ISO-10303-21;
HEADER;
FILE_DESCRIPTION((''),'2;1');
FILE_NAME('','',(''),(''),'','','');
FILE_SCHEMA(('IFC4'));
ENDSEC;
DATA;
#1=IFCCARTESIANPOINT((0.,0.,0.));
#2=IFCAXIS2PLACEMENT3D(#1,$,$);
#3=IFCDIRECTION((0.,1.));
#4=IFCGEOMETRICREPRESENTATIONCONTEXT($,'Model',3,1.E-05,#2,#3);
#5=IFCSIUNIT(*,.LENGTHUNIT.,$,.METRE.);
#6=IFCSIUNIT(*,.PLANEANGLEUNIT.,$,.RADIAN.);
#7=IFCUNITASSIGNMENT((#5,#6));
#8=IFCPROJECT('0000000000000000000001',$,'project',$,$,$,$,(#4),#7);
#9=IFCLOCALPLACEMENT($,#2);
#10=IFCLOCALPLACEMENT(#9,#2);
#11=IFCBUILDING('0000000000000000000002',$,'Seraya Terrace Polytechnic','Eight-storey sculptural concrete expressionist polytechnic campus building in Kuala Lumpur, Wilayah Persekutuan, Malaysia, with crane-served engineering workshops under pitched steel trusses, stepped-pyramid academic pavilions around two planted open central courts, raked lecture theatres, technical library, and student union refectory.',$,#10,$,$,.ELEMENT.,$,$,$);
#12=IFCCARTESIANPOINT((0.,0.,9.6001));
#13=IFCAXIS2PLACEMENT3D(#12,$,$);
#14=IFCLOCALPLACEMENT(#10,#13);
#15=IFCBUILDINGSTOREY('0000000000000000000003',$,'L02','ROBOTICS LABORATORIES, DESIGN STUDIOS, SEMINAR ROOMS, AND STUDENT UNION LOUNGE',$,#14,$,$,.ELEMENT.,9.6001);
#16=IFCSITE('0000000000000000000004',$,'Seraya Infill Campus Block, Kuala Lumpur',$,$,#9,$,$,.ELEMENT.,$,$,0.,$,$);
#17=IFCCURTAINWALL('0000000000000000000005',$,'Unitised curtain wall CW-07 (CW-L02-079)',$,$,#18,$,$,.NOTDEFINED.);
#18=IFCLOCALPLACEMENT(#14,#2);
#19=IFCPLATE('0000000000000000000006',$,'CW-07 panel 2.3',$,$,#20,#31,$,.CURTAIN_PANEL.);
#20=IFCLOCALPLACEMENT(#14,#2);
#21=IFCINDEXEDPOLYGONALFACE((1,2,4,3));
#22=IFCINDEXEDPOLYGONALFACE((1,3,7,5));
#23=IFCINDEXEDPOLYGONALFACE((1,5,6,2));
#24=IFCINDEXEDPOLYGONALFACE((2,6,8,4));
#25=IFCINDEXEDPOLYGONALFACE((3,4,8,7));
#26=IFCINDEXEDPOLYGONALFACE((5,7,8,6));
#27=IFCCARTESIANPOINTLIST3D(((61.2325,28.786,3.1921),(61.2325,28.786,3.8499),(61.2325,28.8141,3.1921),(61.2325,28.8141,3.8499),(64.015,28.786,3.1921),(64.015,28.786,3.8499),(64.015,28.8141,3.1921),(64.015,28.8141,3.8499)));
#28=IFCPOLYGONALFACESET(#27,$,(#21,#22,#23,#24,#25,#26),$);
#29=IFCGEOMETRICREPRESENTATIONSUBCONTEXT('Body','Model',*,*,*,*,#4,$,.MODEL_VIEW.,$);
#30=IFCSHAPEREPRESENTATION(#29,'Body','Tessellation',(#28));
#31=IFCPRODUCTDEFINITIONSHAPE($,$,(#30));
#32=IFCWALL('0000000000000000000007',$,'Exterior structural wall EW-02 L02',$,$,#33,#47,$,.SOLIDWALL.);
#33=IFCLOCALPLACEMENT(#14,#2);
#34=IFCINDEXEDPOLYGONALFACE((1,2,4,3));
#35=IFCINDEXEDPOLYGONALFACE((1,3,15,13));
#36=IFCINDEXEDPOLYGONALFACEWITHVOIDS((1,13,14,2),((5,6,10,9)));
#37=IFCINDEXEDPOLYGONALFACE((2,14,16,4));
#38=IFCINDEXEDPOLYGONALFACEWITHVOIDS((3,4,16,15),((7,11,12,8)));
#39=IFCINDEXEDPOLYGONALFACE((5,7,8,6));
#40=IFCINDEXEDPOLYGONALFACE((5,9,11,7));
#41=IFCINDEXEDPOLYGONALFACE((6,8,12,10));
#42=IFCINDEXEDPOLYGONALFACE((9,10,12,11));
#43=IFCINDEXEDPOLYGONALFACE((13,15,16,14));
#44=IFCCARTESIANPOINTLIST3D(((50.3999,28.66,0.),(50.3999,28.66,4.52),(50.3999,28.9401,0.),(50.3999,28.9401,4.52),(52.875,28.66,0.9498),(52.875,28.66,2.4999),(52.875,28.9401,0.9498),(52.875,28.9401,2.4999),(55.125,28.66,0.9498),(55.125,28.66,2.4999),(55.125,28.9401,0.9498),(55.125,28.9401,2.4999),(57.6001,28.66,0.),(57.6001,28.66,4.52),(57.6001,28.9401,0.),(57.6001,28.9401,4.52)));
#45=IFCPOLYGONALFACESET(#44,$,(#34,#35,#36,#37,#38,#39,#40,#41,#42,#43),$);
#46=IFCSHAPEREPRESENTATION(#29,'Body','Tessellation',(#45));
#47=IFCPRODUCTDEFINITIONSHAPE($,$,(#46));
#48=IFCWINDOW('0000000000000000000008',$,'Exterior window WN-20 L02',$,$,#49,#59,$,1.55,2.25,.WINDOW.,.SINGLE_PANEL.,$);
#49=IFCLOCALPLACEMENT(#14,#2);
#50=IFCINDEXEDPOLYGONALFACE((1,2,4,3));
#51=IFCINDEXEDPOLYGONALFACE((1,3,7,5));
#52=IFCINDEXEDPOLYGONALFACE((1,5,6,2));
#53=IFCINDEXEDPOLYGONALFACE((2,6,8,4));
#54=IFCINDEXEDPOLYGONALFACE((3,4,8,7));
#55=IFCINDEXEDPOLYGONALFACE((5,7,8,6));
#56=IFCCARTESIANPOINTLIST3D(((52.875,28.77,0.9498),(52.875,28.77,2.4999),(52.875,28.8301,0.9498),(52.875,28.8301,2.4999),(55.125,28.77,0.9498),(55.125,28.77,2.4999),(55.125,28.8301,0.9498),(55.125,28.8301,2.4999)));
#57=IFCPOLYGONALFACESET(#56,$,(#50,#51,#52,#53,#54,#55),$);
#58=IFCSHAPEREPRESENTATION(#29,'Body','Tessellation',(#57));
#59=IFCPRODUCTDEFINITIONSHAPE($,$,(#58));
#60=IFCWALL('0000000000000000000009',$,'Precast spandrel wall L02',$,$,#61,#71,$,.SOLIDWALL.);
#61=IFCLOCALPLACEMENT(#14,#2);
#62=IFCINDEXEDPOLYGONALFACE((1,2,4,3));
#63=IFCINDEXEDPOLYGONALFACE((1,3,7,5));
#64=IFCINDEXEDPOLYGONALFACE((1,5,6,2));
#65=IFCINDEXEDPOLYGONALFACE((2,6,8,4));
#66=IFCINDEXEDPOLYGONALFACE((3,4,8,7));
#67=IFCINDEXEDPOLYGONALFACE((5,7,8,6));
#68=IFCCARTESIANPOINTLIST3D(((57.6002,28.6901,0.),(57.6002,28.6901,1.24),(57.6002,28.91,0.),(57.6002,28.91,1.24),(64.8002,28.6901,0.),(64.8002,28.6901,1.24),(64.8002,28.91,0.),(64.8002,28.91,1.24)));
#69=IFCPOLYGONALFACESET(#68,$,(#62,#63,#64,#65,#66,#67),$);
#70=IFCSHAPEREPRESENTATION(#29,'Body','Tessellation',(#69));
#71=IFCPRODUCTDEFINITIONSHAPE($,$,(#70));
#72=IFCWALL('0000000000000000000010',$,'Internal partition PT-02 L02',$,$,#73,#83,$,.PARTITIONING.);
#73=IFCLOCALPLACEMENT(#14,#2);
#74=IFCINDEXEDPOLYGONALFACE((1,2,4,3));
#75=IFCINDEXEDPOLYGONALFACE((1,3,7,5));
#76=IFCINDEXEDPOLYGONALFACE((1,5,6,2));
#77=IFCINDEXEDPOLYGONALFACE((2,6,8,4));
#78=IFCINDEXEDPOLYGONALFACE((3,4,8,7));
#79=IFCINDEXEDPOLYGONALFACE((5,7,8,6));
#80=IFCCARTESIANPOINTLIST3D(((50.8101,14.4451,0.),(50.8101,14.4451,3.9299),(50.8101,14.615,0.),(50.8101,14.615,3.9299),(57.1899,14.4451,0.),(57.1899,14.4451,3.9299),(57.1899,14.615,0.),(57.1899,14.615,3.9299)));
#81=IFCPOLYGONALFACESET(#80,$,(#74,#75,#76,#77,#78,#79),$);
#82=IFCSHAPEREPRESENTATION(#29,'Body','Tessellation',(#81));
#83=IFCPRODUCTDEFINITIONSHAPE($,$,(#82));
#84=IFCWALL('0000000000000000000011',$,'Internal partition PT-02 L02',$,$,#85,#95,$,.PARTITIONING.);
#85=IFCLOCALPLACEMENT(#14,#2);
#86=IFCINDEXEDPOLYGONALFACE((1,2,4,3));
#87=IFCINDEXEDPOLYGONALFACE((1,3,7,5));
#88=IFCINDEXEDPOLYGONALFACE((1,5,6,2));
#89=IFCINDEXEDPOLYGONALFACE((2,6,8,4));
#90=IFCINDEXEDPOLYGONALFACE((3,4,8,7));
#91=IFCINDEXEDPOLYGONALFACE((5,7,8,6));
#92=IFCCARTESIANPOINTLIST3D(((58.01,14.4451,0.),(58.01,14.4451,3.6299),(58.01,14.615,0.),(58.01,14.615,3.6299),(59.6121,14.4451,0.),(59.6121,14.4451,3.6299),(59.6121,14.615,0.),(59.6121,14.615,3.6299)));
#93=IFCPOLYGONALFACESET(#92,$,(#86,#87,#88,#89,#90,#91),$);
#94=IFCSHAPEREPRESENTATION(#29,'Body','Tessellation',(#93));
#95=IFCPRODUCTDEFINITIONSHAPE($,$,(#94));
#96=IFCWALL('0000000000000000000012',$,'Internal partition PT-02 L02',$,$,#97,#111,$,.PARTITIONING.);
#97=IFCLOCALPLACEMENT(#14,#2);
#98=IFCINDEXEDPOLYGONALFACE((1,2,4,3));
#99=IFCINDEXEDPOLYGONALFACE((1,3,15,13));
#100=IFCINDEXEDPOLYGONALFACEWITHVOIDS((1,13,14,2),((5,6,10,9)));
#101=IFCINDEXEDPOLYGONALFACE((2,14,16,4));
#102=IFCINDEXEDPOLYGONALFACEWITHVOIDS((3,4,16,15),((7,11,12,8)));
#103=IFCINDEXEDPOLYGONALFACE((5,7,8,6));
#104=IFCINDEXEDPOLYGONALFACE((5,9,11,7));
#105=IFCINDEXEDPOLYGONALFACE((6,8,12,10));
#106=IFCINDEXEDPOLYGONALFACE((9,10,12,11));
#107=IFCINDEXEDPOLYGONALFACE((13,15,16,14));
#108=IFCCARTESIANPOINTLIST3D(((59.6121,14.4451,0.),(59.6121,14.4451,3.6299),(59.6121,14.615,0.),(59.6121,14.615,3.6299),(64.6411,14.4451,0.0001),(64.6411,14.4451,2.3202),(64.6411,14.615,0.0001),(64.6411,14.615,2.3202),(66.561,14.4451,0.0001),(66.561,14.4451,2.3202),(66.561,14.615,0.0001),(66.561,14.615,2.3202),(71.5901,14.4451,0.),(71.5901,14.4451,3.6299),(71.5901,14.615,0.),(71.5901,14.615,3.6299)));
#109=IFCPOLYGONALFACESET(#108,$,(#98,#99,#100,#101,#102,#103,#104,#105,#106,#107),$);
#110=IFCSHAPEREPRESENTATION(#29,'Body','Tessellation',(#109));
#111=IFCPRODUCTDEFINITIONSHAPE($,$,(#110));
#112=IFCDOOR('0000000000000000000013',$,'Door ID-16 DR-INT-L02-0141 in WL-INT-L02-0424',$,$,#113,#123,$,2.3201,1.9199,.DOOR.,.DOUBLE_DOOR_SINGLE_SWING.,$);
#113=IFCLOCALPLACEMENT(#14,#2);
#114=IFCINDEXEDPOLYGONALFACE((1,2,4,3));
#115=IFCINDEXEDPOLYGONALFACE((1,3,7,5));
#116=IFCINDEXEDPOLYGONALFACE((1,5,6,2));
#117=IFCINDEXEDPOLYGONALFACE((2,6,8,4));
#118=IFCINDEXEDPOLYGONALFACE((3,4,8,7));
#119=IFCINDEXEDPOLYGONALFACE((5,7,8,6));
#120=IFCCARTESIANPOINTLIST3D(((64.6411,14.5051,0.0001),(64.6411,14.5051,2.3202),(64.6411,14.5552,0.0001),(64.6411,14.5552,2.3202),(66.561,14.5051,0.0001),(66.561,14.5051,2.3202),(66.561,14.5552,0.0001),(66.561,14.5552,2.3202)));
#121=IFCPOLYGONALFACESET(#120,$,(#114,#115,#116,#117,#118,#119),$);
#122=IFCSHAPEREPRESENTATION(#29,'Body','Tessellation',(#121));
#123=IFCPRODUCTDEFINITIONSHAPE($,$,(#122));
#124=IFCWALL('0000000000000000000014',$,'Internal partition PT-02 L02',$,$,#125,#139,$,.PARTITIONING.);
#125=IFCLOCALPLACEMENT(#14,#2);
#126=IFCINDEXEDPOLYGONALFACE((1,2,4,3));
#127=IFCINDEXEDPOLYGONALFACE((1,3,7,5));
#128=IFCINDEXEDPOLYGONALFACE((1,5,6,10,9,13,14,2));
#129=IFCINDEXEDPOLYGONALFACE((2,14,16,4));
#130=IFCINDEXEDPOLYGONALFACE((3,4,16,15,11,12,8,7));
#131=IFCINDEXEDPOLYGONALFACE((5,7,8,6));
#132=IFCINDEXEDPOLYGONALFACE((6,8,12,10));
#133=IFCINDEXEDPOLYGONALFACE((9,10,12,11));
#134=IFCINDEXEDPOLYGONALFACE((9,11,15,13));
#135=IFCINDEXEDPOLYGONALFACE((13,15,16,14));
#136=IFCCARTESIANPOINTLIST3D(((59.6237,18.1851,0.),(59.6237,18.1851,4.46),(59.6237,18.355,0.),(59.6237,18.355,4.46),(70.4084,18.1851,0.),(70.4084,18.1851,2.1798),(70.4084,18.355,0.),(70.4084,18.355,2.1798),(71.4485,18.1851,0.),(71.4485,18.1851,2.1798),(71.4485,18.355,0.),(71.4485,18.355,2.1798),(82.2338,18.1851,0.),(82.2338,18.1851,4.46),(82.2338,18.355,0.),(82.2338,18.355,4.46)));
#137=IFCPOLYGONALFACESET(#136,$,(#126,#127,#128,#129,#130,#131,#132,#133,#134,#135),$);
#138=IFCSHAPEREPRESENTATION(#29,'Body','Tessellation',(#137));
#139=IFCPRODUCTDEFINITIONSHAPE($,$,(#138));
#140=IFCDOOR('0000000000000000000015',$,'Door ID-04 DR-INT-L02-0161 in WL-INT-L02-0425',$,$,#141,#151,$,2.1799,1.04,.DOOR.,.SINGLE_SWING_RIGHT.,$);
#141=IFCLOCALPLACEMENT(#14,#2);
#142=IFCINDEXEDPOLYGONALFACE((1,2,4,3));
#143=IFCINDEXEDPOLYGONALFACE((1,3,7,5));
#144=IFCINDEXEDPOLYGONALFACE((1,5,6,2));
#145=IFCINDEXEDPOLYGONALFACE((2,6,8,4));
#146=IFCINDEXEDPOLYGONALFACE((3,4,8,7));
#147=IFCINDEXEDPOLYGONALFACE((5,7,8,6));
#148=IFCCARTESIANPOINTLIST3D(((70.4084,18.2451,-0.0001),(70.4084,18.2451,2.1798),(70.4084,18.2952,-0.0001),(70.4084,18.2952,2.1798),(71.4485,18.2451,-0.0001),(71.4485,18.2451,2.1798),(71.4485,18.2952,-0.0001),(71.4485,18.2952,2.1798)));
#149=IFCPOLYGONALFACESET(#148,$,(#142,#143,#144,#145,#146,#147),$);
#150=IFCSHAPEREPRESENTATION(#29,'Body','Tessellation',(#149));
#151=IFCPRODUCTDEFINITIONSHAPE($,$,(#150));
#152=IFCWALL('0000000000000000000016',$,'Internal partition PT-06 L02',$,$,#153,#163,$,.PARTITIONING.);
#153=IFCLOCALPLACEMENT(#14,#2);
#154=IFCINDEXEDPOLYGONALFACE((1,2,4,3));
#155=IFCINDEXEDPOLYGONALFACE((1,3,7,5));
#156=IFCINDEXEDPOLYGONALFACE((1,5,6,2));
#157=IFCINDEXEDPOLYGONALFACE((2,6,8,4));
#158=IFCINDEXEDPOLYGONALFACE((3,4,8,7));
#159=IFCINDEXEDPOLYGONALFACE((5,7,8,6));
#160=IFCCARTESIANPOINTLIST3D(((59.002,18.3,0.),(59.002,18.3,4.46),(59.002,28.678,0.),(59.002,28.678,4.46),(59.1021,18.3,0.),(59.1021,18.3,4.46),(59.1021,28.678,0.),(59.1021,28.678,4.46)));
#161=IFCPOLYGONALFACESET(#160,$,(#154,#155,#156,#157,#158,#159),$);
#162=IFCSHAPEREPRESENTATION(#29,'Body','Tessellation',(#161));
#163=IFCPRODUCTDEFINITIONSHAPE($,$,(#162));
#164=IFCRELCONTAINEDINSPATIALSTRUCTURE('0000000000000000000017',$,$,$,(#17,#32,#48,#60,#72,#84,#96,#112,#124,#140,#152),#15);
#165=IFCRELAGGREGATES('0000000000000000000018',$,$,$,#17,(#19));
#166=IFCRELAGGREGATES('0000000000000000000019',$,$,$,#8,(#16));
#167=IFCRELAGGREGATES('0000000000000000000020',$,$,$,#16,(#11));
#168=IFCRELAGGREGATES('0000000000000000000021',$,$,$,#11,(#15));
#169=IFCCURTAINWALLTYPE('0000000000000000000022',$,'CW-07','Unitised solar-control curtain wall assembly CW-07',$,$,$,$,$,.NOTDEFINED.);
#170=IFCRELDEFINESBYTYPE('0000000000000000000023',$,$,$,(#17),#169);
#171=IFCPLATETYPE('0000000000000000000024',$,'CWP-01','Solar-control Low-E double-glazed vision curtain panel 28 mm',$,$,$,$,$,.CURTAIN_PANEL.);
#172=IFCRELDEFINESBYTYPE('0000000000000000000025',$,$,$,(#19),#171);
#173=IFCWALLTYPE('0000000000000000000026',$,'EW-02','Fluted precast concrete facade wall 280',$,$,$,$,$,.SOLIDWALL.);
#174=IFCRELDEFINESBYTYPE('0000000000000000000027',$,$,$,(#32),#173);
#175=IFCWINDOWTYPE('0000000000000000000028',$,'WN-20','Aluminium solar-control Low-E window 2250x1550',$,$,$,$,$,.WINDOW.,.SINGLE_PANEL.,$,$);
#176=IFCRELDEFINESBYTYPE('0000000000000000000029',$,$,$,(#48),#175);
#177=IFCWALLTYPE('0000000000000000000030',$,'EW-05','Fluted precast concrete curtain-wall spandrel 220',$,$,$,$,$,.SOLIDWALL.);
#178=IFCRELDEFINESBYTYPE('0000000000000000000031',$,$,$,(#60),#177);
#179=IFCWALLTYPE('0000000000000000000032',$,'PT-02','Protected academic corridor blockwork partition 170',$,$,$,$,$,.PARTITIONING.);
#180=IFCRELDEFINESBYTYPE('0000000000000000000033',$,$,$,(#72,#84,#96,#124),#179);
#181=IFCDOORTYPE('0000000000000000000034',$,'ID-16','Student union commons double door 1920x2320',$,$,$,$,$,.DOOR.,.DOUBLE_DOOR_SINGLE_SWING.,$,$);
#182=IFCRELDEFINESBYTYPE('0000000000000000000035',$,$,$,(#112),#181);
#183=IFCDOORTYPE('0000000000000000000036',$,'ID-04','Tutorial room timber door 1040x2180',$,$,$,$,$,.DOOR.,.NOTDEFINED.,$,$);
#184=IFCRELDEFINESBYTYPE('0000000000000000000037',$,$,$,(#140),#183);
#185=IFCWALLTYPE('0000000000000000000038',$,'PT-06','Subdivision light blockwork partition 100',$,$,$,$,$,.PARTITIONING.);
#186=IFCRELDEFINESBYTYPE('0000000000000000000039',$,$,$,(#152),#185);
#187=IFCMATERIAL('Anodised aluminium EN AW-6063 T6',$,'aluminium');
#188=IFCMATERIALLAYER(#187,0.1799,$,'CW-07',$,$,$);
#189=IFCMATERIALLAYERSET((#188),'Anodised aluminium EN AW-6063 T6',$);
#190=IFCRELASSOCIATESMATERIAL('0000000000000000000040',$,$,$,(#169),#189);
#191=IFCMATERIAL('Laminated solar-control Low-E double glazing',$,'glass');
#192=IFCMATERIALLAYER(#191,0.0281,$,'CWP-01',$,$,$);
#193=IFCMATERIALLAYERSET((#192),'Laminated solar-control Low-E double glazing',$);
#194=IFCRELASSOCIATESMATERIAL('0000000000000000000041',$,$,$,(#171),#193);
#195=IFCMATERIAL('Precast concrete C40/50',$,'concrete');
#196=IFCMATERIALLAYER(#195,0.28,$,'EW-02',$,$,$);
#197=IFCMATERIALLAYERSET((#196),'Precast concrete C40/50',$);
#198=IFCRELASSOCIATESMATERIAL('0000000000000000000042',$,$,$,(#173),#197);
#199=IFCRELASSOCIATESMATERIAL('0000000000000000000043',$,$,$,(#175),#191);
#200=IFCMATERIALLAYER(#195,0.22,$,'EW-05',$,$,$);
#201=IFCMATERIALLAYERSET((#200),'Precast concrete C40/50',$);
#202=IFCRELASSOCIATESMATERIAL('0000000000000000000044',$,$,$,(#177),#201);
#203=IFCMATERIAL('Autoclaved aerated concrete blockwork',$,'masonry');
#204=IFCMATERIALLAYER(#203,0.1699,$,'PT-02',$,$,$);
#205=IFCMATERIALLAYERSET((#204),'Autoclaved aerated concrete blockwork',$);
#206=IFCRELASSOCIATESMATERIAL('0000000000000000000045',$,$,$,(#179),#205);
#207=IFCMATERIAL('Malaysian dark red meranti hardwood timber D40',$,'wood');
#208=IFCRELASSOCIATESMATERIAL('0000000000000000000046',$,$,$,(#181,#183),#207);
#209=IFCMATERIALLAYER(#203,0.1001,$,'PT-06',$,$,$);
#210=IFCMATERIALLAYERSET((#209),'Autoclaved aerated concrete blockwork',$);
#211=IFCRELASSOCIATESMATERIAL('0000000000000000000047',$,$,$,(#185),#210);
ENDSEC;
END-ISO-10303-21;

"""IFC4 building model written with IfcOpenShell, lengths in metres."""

from ifc_helpers import new_model, si_unit, direction, frame, frame_2d, origin, origin_2d, place, context, subcontext, project, spatial, rectangle, extrude, material, layer, layer_set, type_object, element, fill, aggregate, save


model = new_model("IFC4")

# Units and contexts
model_context = context("Model", 3, precision=1e-05, world=origin(), true_north=direction((0.0, 1.0)))
body_context = subcontext(model_context, "Body", "Model", "MODEL_VIEW")
ifc_project = project(units=[si_unit("LENGTHUNIT", "METRE"), si_unit("PLANEANGLEUNIT", "RADIAN")], contexts=[model_context])

# Site, building, storey
site_placement = place(None, origin())
site = spatial("IfcSite", under=ifc_project, at=site_placement, Name="Seraya Infill Campus Block, Kuala Lumpur", CompositionType="ELEMENT", RefElevation=0.0)
building_placement = place(site_placement, origin())
building = spatial("IfcBuilding", under=site, at=building_placement, Name="Seraya Terrace Polytechnic", Description="Eight-storey sculptural concrete expressionist polytechnic campus building in Kuala Lumpur, Wilayah Persekutuan, Malaysia, with crane-served engineering workshops under pitched steel trusses, stepped-pyramid academic pavilions around two planted open central courts, raked lecture theatres, technical library, and student union refectory.", CompositionType="ELEMENT")
storey_placement = place(building_placement, frame((0.0, 0.0, 9.6001)))
storey = spatial("IfcBuildingStorey", under=building, at=storey_placement, Name="L02", Description="ROBOTICS LABORATORIES, DESIGN STUDIOS, SEMINAR ROOMS, AND STUDENT UNION LOUNGE", CompositionType="ELEMENT", Elevation=9.6001)

# Curtain wall, plate
ifc_material_1 = material(Name="Anodised aluminium EN AW-6063 T6", Category="aluminium")
ifc_layer_1 = layer(ifc_material_1, 0.1799, Name="CW-07")
ifc_layer_set_1 = layer_set([ifc_layer_1], Name="Anodised aluminium EN AW-6063 T6")
curtain_wall_type = type_object("IfcCurtainWallType", Name="CW-07", Description="Unitised solar-control curtain wall assembly CW-07", PredefinedType="NOTDEFINED", material=ifc_layer_set_1)
curtain_wall_placement = place(storey_placement, origin())
curtain_wall = element("IfcCurtainWall", 1, at=curtain_wall_placement, inside=storey, type_object=curtain_wall_type, Name="Unitised curtain wall CW-07 (CW-L02-079)", PredefinedType="NOTDEFINED")
ifc_material_2 = material(Name="Laminated solar-control Low-E double glazing", Category="glass")
ifc_layer_2 = layer(ifc_material_2, 0.0281, Name="CWP-01")
ifc_layer_set_2 = layer_set([ifc_layer_2], Name="Laminated solar-control Low-E double glazing")
plate_type = type_object("IfcPlateType", Name="CWP-01", Description="Solar-control Low-E double-glazed vision curtain panel 28 mm", PredefinedType="CURTAIN_PANEL", material=ifc_layer_set_2)
plate_1_placement = place(storey_placement, frame((62.6238, 28.8, 3.1921), z_axis=(0.0, 0.0, 1.0), x_axis=(1.0, 0.0, 0.0)))
plate_1 = element("IfcPlate", 2, at=plate_1_placement, type_object=plate_type, Name="CW-07 panel 2.3", PredefinedType="CURTAIN_PANEL", context=body_context, shape_type="SweptSolid", body=[
    extrude(rectangle(XDim=2.7825, YDim=0.0281, at=origin_2d()), origin(), (0.0, 0.0, 1.0), 0.6577),
])
aggregate(curtain_wall, [plate_1])

# Wall, opening, window
ifc_material_3 = material(Name="Precast concrete C40/50", Category="concrete")
ifc_layer_3 = layer(ifc_material_3, 0.28, Name="EW-02")
ifc_layer_set_3 = layer_set([ifc_layer_3], Name="Precast concrete C40/50")
wall_type_1 = type_object("IfcWallType", Name="EW-02", Description="Fluted precast concrete facade wall 280", PredefinedType="SOLIDWALL", material=ifc_layer_set_3)
wall_1_placement = place(storey_placement, frame((50.3999, 28.8, 0.0), z_axis=(0.0, 0.0, 1.0), x_axis=(1.0, 0.0, 0.0)))
wall_1 = element("IfcWall", 3, at=wall_1_placement, inside=storey, type_object=wall_type_1, Name="Exterior structural wall EW-02 L02", PredefinedType="SOLIDWALL", context=body_context, shape_type="SweptSolid", body=[
    extrude(rectangle(XDim=7.2002, YDim=0.28, at=frame_2d((3.6001, 0.0))), origin(), (0.0, 0.0, 1.0), 4.52),
])
opening_1_placement = place(wall_1_placement, frame((2.4751, 0.0, 0.95)))
opening_1 = element("IfcOpeningElement", 4, at=opening_1_placement, cuts=wall_1, PredefinedType="OPENING", context=body_context, shape_type="SweptSolid", body=[
    extrude(rectangle(XDim=2.25, YDim=1.55, at=frame_2d((1.125, 0.7749))), frame((0.0, 0.1519, 0.0), z_axis=(0.0, -1.0, 0.0), x_axis=(1.0, 0.0, 0.0)), (0.0, 0.0, 1.0), 0.304),
])
window_type = type_object("IfcWindowType", Name="WN-20", Description="Aluminium solar-control Low-E window 2250x1550", PartitioningType="SINGLE_PANEL", PredefinedType="WINDOW", material=ifc_material_2)
window_placement = place(opening_1_placement, origin())
window = element("IfcWindow", 5, at=window_placement, inside=storey, type_object=window_type, Name="Exterior window WN-20 L02", OverallHeight=1.55, OverallWidth=2.25, PartitioningType="SINGLE_PANEL", PredefinedType="WINDOW", context=body_context, shape_type="SweptSolid", body=[
    extrude(rectangle(XDim=2.25, YDim=1.55, at=frame_2d((1.125, 0.7749))), frame((0.0, 0.03, 0.0), z_axis=(0.0, -1.0, 0.0), x_axis=(1.0, 0.0, 0.0)), (0.0, 0.0, 1.0), 0.0601),
])
fill(opening_1, window)

# Walls
ifc_layer_4 = layer(ifc_material_3, 0.22, Name="EW-05")
ifc_layer_set_4 = layer_set([ifc_layer_4], Name="Precast concrete C40/50")
wall_type_2 = type_object("IfcWallType", Name="EW-05", Description="Fluted precast concrete curtain-wall spandrel 220", PredefinedType="SOLIDWALL", material=ifc_layer_set_4)
wall_2_placement = place(storey_placement, frame((57.6001, 28.8, 0.0), z_axis=(0.0, 0.0, 1.0), x_axis=(1.0, 0.0, 0.0)))
element("IfcWall", 6, at=wall_2_placement, inside=storey, type_object=wall_type_2, Name="Precast spandrel wall L02", PredefinedType="SOLIDWALL", context=body_context, shape_type="SweptSolid", body=[
    extrude(rectangle(XDim=7.2, YDim=0.22, at=frame_2d((3.6001, 0.0))), origin(), (0.0, 0.0, 1.0), 1.24),
])
ifc_material_4 = material(Name="Autoclaved aerated concrete blockwork", Category="masonry")
ifc_layer_5 = layer(ifc_material_4, 0.1699, Name="PT-02")
ifc_layer_set_5 = layer_set([ifc_layer_5], Name="Autoclaved aerated concrete blockwork")
wall_type_3 = type_object("IfcWallType", Name="PT-02", Description="Protected academic corridor blockwork partition 170", PredefinedType="PARTITIONING", material=ifc_layer_set_5)
wall_3_placement = place(storey_placement, frame((50.8101, 14.53, 0.0), z_axis=(0.0, 0.0, 1.0), x_axis=(1.0, 0.0, 0.0)))
element("IfcWall", 7, at=wall_3_placement, inside=storey, type_object=wall_type_3, Name="Internal partition PT-02 L02", PredefinedType="PARTITIONING", context=body_context, shape_type="SweptSolid", body=[
    extrude(rectangle(XDim=6.3799, YDim=0.1699, at=frame_2d((3.1899, 0.0))), origin(), (0.0, 0.0, 1.0), 3.9299),
])
wall_4_placement = place(storey_placement, frame((58.01, 14.53, 0.0), z_axis=(0.0, 0.0, 1.0), x_axis=(1.0, 0.0, 0.0)))
element("IfcWall", 8, at=wall_4_placement, inside=storey, type_object=wall_type_3, Name="Internal partition PT-02 L02", PredefinedType="PARTITIONING", context=body_context, shape_type="SweptSolid", body=[
    extrude(rectangle(XDim=1.6021, YDim=0.1699, at=frame_2d((0.801, 0.0))), origin(), (0.0, 0.0, 1.0), 3.6299),
])

# Walls, openings, doors
wall_5_placement = place(storey_placement, frame((59.6121, 14.53, 0.0), z_axis=(0.0, 0.0, 1.0), x_axis=(1.0, 0.0, 0.0)))
wall_5 = element("IfcWall", 9, at=wall_5_placement, inside=storey, type_object=wall_type_3, Name="Internal partition PT-02 L02", PredefinedType="PARTITIONING", context=body_context, shape_type="SweptSolid", body=[
    extrude(rectangle(XDim=11.978, YDim=0.1699, at=frame_2d((5.989, 0.0))), origin(), (0.0, 0.0, 1.0), 3.6299),
])
opening_2_placement = place(wall_5_placement, frame((5.0291, 0.0, 0.0)))
opening_2 = element("IfcOpeningElement", 10, at=opening_2_placement, cuts=wall_5, PredefinedType="OPENING", context=body_context, shape_type="SweptSolid", body=[
    extrude(rectangle(XDim=1.9199, YDim=2.3201, at=frame_2d((0.96, 1.1602))), frame((0.0, 0.0969, 0.0), z_axis=(0.0, -1.0, 0.0), x_axis=(1.0, 0.0, 0.0)), (0.0, 0.0, 1.0), 0.1938),
])
ifc_material_5 = material(Name="Malaysian dark red meranti hardwood timber D40", Category="wood")
door_type_1 = type_object("IfcDoorType", Name="ID-16", Description="Student union commons double door 1920x2320", OperationType="DOUBLE_DOOR_SINGLE_SWING", PredefinedType="DOOR", material=ifc_material_5)
door_1_placement = place(opening_2_placement, frame((1.9199, 0.0, 0.0), z_axis=(0.0, 0.0, 1.0), x_axis=(-1.0, 0.0, 0.0)))
door_1 = element("IfcDoor", 11, at=door_1_placement, inside=storey, type_object=door_type_1, Name="Door ID-16 DR-INT-L02-0141 in WL-INT-L02-0424", OperationType="DOUBLE_DOOR_SINGLE_SWING", OverallHeight=2.3201, OverallWidth=1.9199, PredefinedType="DOOR", context=body_context, shape_type="SweptSolid", body=[
    extrude(rectangle(XDim=1.9199, YDim=2.3201, at=frame_2d((0.96, 1.1602))), frame((0.0, 0.0249, 0.0), z_axis=(0.0, -1.0, 0.0), x_axis=(1.0, 0.0, 0.0)), (0.0, 0.0, 1.0), 0.05),
])
fill(opening_2, door_1)
wall_6_placement = place(storey_placement, frame((59.6235, 18.27, 0.0), z_axis=(0.0, 0.0, 1.0), x_axis=(1.0, 0.0, 0.0)))
wall_6 = element("IfcWall", 12, at=wall_6_placement, inside=storey, type_object=wall_type_3, Name="Internal partition PT-02 L02", PredefinedType="PARTITIONING", context=body_context, shape_type="SweptSolid", body=[
    extrude(rectangle(XDim=22.6101, YDim=0.1699, at=frame_2d((11.3052, 0.0))), origin(), (0.0, 0.0, 1.0), 4.46),
])
opening_3_placement = place(wall_6_placement, frame((10.7849, 0.0, 0.0)))
opening_3 = element("IfcOpeningElement", 13, at=opening_3_placement, cuts=wall_6, PredefinedType="OPENING", context=body_context, shape_type="SweptSolid", body=[
    extrude(rectangle(XDim=1.04, YDim=2.1799, at=frame_2d((0.52, 1.0898))), frame((0.0, 0.0969, 0.0), z_axis=(0.0, -1.0, 0.0), x_axis=(1.0, 0.0, 0.0)), (0.0, 0.0, 1.0), 0.1938),
])
door_type_2 = type_object("IfcDoorType", Name="ID-04", Description="Tutorial room timber door 1040x2180", OperationType="NOTDEFINED", PredefinedType="DOOR", material=ifc_material_5)
door_2_placement = place(opening_3_placement, frame((1.04, 0.0, 0.0), z_axis=(0.0, 0.0, 1.0), x_axis=(-1.0, 0.0, 0.0)))
door_2 = element("IfcDoor", 14, at=door_2_placement, inside=storey, type_object=door_type_2, Name="Door ID-04 DR-INT-L02-0161 in WL-INT-L02-0425", OperationType="SINGLE_SWING_RIGHT", OverallHeight=2.1799, OverallWidth=1.04, PredefinedType="DOOR", context=body_context, shape_type="SweptSolid", body=[
    extrude(rectangle(XDim=1.04, YDim=2.1799, at=frame_2d((0.52, 1.0898))), frame((0.0, 0.0249, 0.0), z_axis=(0.0, -1.0, 0.0), x_axis=(1.0, 0.0, 0.0)), (0.0, 0.0, 1.0), 0.05),
])
fill(opening_3, door_2)

# Wall
ifc_layer_6 = layer(ifc_material_4, 0.1001, Name="PT-06")
ifc_layer_set_6 = layer_set([ifc_layer_6], Name="Autoclaved aerated concrete blockwork")
wall_type_4 = type_object("IfcWallType", Name="PT-06", Description="Subdivision light blockwork partition 100", PredefinedType="PARTITIONING", material=ifc_layer_set_6)
wall_7_placement = place(storey_placement, frame((59.052, 18.3, 0.0), z_axis=(0.0, 0.0, 1.0), x_axis=(0.0, 1.0, 0.0)))
element("IfcWall", 15, at=wall_7_placement, inside=storey, type_object=wall_type_4, Name="Internal partition PT-06 L02", PredefinedType="PARTITIONING", context=body_context, shape_type="SweptSolid", body=[
    extrude(rectangle(XDim=10.3779, YDim=0.1001, at=frame_2d((5.189, 0.0))), origin(), (0.0, 0.0, 1.0), 4.46),
])

save(model, "model.ifc")
